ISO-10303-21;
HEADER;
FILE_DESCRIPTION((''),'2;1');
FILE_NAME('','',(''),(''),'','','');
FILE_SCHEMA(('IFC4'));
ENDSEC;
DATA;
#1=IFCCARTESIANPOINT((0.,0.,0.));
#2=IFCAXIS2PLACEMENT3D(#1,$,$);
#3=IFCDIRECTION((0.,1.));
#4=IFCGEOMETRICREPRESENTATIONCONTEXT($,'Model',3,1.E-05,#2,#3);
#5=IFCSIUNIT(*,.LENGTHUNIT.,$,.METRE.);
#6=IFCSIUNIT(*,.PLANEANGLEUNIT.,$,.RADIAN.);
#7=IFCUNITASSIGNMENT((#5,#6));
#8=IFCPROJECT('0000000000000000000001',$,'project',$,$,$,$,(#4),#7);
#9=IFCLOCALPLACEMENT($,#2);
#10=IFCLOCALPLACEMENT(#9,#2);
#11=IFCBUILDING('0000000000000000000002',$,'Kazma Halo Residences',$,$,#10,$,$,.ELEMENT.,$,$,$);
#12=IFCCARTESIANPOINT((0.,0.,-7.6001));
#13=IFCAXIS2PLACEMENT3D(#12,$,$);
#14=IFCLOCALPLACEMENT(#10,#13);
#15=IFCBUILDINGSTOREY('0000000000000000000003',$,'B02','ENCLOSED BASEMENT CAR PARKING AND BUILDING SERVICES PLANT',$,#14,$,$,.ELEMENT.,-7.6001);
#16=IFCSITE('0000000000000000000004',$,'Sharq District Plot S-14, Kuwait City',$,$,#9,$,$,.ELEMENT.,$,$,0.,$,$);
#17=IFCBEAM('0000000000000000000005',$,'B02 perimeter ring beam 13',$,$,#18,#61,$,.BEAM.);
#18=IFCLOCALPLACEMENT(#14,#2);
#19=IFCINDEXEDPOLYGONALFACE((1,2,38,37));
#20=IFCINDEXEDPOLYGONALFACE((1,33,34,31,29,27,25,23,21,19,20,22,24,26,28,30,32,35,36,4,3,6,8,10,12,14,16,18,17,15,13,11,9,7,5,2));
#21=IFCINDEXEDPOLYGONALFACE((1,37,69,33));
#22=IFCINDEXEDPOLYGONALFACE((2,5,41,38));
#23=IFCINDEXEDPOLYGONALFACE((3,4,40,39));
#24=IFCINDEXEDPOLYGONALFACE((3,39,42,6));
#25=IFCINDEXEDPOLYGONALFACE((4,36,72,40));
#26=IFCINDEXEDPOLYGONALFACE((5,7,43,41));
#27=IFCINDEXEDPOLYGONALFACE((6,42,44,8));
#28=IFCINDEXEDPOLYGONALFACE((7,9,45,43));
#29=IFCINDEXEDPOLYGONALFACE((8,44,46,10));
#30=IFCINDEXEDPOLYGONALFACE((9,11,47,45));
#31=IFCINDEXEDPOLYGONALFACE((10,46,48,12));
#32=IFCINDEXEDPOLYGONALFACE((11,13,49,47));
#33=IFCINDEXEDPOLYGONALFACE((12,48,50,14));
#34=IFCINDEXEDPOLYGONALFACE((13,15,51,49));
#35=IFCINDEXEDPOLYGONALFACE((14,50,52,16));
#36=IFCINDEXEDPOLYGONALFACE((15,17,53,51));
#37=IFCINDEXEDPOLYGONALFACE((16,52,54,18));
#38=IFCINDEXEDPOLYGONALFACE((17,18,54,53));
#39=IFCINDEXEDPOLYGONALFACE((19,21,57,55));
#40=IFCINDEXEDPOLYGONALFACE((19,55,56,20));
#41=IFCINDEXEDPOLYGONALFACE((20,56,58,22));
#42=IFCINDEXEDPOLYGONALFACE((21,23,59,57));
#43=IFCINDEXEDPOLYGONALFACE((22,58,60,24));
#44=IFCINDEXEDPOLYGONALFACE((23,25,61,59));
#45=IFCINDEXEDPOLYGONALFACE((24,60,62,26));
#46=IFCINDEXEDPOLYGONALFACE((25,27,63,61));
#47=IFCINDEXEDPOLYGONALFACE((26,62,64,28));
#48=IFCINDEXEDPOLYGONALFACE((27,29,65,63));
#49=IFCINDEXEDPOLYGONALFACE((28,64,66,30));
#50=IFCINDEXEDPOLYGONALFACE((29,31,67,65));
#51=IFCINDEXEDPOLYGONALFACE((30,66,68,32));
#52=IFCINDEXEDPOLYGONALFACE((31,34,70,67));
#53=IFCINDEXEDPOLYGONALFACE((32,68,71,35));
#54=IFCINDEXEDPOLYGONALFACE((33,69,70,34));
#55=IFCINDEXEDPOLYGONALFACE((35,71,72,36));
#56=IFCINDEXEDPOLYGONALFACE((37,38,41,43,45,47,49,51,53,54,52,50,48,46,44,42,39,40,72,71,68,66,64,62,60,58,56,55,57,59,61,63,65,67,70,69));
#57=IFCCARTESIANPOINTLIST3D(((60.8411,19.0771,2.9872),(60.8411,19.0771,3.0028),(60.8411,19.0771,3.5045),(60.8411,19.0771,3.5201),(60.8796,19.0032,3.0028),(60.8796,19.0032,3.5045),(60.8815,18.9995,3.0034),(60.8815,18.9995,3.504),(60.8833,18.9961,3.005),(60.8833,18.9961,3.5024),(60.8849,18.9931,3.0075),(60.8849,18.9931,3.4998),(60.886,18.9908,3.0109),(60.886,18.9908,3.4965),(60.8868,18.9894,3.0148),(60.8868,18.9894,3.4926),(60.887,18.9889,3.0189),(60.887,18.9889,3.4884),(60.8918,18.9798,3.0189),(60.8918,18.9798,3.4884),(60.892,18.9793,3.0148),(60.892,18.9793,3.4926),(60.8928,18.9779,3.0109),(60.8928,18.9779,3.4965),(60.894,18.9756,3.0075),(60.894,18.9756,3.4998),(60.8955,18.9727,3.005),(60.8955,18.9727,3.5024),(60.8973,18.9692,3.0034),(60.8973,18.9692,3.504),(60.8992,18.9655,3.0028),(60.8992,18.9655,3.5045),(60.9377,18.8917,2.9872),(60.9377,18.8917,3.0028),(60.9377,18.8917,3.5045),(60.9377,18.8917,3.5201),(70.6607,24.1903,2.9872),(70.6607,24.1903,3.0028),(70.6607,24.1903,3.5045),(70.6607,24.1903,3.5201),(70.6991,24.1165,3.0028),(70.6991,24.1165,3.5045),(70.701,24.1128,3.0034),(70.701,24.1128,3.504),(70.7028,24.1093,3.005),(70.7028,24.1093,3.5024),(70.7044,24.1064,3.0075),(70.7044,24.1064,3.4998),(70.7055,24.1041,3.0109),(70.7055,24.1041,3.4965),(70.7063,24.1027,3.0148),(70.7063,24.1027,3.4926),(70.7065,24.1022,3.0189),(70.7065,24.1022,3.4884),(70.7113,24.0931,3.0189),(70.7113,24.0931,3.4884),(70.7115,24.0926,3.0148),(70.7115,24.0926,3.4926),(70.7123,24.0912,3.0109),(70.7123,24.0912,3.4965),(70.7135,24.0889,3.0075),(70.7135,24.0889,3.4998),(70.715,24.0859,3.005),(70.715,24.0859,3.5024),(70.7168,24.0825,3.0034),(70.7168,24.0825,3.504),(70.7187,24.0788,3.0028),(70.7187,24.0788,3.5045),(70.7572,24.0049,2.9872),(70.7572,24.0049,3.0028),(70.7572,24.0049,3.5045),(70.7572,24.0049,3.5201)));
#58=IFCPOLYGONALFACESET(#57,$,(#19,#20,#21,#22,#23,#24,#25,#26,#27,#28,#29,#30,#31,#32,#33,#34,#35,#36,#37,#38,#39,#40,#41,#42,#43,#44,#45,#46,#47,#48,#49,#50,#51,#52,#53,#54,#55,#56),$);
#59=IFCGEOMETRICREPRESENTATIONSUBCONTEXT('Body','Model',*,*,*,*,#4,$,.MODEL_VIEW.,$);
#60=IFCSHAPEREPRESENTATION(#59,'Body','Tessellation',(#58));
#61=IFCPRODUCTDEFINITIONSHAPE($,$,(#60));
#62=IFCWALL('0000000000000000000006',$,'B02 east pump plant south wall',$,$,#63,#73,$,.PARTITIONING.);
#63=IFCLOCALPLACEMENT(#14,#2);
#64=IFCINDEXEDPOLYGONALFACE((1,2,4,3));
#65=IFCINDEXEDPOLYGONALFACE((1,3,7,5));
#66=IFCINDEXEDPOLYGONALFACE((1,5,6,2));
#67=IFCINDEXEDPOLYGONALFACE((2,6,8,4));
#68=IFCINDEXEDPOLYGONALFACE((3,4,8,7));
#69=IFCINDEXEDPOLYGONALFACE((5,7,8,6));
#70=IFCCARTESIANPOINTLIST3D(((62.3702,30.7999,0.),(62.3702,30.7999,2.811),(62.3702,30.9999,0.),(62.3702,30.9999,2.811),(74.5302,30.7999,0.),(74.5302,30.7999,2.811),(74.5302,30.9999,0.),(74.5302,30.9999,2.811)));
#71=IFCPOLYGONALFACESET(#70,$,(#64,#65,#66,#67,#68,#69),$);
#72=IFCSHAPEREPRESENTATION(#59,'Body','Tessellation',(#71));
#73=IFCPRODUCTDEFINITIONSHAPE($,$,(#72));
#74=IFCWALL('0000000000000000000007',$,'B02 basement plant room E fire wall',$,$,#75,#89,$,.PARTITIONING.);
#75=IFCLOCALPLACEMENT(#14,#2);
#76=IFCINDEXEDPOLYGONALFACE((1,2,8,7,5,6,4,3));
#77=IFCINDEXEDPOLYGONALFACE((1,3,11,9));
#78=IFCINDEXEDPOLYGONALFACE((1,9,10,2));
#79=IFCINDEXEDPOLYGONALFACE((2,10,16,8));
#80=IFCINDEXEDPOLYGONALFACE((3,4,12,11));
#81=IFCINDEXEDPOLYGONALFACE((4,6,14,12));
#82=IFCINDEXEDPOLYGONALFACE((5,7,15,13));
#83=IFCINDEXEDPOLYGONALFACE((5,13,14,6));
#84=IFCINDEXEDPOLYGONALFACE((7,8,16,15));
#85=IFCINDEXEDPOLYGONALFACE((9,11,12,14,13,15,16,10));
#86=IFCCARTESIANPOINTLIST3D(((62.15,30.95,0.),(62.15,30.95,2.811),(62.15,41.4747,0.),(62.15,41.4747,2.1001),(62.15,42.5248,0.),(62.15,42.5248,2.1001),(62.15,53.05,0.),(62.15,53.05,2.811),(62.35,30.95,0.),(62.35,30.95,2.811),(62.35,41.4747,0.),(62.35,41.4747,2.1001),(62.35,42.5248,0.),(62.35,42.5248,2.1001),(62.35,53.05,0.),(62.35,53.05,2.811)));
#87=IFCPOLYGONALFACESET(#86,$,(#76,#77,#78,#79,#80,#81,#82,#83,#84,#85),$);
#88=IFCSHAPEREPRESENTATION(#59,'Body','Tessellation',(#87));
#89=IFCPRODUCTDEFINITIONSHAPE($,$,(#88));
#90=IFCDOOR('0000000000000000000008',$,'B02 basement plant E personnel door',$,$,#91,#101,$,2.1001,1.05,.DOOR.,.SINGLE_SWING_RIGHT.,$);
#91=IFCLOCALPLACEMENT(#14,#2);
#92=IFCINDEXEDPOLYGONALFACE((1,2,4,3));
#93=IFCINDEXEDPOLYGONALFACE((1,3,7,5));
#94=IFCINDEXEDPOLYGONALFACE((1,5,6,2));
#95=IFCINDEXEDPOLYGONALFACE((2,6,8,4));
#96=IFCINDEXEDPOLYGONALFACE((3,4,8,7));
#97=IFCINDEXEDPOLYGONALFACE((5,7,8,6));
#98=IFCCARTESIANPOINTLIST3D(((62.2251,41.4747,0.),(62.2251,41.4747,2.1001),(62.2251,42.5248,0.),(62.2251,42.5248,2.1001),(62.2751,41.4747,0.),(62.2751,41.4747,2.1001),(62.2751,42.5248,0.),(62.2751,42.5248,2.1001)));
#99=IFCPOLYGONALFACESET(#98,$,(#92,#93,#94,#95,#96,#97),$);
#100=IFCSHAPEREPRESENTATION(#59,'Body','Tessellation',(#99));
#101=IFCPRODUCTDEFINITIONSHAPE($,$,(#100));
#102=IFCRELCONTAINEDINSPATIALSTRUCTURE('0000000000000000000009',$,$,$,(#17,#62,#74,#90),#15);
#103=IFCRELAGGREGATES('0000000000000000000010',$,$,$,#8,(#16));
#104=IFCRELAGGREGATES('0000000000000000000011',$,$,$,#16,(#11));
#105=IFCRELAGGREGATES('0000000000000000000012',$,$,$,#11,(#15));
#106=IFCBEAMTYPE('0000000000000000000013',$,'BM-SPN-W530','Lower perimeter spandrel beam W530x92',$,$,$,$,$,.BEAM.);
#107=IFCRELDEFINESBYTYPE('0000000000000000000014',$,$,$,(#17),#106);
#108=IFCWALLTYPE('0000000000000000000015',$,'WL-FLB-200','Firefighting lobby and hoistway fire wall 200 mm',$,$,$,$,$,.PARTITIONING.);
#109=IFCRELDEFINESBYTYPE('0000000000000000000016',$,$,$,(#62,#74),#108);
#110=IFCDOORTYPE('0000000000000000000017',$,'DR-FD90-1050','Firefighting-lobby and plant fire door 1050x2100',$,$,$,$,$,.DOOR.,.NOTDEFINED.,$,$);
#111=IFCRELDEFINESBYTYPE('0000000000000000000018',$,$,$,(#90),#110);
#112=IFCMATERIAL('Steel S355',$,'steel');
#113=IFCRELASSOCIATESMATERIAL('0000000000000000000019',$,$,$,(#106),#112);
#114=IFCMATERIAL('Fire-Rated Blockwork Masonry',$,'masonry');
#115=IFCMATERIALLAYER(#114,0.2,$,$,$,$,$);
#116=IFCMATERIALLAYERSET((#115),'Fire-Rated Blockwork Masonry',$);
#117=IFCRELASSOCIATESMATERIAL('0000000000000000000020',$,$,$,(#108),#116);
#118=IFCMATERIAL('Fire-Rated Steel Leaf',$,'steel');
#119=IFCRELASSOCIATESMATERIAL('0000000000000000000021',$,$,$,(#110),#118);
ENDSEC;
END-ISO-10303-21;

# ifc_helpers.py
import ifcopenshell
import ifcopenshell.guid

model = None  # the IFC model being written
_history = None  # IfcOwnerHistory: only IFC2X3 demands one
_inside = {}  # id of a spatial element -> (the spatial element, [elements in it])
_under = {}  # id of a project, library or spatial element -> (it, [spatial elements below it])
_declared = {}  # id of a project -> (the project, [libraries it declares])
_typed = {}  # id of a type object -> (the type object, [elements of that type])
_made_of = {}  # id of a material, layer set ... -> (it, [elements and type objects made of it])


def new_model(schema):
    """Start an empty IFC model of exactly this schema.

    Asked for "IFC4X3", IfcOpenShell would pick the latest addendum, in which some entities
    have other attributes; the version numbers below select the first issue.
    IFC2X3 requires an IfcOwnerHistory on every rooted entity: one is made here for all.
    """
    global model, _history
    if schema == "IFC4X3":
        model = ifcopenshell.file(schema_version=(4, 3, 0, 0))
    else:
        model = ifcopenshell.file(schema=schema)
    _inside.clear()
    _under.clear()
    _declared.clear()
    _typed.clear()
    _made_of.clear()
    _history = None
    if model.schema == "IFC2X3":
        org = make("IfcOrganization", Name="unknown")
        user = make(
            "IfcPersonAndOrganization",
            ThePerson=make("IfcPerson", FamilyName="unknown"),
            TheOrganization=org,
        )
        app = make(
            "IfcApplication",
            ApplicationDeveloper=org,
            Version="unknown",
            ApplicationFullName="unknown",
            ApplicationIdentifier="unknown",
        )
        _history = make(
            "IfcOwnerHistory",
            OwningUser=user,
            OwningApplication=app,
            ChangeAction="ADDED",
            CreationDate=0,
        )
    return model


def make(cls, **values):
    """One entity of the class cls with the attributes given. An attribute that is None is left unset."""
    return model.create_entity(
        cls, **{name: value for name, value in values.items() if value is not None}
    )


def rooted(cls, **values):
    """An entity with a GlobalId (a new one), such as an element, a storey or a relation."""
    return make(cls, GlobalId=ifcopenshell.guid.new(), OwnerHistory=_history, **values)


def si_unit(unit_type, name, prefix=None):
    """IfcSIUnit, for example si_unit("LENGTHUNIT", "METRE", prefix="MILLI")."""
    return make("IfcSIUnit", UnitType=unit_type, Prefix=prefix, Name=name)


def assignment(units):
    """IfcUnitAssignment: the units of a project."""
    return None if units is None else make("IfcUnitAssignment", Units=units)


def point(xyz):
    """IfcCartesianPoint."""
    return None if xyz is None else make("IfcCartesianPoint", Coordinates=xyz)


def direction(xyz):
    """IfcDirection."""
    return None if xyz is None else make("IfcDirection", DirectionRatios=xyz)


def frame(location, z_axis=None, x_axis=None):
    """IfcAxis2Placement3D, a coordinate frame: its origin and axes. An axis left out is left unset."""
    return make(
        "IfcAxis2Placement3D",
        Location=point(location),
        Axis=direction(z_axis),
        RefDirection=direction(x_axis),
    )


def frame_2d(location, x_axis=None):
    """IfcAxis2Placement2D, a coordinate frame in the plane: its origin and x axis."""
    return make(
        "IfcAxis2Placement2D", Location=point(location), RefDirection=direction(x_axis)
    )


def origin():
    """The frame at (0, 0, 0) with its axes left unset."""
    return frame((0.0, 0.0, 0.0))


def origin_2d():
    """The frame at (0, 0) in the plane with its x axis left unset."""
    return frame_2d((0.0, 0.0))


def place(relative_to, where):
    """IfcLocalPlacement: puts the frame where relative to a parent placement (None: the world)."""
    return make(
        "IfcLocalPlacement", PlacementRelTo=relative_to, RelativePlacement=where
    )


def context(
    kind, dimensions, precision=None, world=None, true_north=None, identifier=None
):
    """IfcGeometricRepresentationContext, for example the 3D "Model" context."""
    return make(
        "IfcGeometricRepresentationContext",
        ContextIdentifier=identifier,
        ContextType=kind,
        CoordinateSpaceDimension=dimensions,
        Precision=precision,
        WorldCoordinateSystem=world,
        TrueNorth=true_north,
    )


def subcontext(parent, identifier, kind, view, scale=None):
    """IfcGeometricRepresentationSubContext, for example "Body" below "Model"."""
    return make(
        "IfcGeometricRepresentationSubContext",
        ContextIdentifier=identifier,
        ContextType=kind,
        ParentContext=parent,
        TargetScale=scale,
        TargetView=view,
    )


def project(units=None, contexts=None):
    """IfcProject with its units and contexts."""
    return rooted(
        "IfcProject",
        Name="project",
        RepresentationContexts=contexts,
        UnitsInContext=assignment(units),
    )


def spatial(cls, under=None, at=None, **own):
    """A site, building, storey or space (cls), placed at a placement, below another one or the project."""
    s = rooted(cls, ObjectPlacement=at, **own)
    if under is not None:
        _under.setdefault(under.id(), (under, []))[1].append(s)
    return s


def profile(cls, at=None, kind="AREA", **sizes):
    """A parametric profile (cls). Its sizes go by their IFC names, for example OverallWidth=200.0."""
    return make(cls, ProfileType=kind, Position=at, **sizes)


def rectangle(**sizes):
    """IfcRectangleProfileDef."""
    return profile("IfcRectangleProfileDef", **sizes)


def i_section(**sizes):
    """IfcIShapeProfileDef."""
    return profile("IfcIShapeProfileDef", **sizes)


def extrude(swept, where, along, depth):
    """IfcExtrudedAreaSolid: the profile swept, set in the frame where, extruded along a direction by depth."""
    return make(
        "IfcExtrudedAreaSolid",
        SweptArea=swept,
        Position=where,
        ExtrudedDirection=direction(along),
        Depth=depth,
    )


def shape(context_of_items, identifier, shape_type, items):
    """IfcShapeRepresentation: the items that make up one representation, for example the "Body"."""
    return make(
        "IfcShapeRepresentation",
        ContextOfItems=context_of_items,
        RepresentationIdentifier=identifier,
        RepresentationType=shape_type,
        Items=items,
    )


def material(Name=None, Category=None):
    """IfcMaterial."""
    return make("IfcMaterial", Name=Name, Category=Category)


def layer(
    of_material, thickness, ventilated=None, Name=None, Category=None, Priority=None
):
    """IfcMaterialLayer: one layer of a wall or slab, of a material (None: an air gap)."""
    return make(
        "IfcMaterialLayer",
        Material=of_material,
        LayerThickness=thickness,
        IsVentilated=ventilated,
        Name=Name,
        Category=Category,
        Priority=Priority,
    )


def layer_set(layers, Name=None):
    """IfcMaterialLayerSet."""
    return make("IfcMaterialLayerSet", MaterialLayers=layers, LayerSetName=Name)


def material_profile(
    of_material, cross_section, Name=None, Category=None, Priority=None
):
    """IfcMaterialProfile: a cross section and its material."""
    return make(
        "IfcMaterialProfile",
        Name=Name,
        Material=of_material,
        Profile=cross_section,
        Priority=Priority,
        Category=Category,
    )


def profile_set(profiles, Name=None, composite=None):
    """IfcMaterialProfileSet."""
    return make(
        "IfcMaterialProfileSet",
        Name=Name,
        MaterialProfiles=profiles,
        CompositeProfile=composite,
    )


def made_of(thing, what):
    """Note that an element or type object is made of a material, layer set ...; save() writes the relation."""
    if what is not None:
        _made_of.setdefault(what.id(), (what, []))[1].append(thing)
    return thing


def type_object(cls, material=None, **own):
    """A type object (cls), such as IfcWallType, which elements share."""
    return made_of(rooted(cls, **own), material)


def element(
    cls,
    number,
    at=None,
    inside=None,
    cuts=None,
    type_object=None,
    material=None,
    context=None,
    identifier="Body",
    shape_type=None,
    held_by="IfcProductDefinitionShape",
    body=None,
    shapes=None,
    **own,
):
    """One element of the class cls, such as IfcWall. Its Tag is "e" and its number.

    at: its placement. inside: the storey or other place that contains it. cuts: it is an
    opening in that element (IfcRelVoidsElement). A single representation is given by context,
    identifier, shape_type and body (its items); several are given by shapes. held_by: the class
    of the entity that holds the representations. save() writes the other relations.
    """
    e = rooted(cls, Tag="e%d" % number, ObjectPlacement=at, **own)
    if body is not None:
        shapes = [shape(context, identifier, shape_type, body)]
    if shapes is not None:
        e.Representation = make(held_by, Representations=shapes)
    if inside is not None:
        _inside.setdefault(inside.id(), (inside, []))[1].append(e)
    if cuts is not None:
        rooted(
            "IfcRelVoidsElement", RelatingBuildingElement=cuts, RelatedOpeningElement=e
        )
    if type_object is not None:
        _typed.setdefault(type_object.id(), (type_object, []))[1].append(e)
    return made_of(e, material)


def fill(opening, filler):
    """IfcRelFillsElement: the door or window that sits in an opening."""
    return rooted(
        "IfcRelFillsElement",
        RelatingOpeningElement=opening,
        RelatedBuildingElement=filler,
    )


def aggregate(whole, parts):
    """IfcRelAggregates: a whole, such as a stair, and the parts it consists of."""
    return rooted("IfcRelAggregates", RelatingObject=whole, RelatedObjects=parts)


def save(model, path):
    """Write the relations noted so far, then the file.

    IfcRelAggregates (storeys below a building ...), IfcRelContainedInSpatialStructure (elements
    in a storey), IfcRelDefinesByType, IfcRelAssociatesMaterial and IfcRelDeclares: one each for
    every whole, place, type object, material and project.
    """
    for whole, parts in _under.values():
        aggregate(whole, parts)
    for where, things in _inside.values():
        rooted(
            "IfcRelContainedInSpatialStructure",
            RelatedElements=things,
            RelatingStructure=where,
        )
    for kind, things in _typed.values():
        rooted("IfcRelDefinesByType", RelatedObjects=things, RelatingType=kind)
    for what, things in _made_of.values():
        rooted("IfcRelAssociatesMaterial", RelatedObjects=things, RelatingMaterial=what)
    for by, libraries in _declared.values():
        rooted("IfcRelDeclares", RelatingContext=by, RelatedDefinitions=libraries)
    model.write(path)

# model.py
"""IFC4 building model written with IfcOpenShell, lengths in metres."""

from ifc_helpers import new_model, si_unit, direction, frame, frame_2d, origin, origin_2d, place, context, subcontext, project, spatial, rectangle, i_section, extrude, material, layer, layer_set, material_profile, profile_set, type_object, element, fill, save


model = new_model("IFC4")

# Units and contexts
model_context = context("Model", 3, precision=1e-05, world=origin(), true_north=direction((0.0, 1.0)))
body_context = subcontext(model_context, "Body", "Model", "MODEL_VIEW")
ifc_project = project(units=[si_unit("LENGTHUNIT", "METRE"), si_unit("PLANEANGLEUNIT", "RADIAN")], contexts=[model_context])

# Site, building, storey
site_placement = place(None, origin())
site = spatial("IfcSite", under=ifc_project, at=site_placement, Name="Sharq District Plot S-14, Kuwait City", CompositionType="ELEMENT", RefElevation=0.0)
building_placement = place(site_placement, origin())
building = spatial("IfcBuilding", under=site, at=building_placement, Name="Kazma Halo Residences", CompositionType="ELEMENT")
storey_placement = place(building_placement, frame((0.0, 0.0, -7.6001)))
storey = spatial("IfcBuildingStorey", under=building, at=storey_placement, Name="B02", Description="ENCLOSED BASEMENT CAR PARKING AND BUILDING SERVICES PLANT", CompositionType="ELEMENT", Elevation=-7.6001)

# Beam
ifc_material_1 = material(Name="Steel S355", Category="steel")
ifc_material_profile_1 = material_profile(ifc_material_1, i_section(OverallWidth=0.209, OverallDepth=0.533, WebThickness=0.0103, FlangeThickness=0.0156, FilletRadius=0.0161, at=origin_2d()), Name="W530x92")
ifc_profile_set_1 = profile_set([ifc_material_profile_1], Name="Steel S355")
beam_type_1 = type_object("IfcBeamType", Name="BM-SPN-W530", Description="Lower perimeter spandrel beam W530x92", PredefinedType="BEAM", material=ifc_profile_set_1)
beam_1_placement = place(storey_placement, frame((60.8894, 18.9844, 3.2537), z_axis=(0.886954, 0.461857, 0.0), x_axis=(-0.461857, 0.886954, 0.0)))
element("IfcBeam", 1, at=beam_1_placement, inside=storey, type_object=beam_type_1, Name="B02 perimeter ring beam 13", PredefinedType="BEAM", context=body_context, shape_type="SweptSolid", body=[
    extrude(i_section(OverallWidth=0.209, OverallDepth=0.533, WebThickness=0.0103, FlangeThickness=0.0156, FilletRadius=0.0161, at=origin_2d()), origin(), (0.0, 0.0, 1.0), 11.071),
])

# Wall
ifc_material_2 = material(Name="Fire-Rated Blockwork Masonry", Category="masonry")
ifc_layer = layer(ifc_material_2, 0.2)
ifc_layer_set = layer_set([ifc_layer], Name="Fire-Rated Blockwork Masonry")
wall_type = type_object("IfcWallType", Name="WL-FLB-200", Description="Firefighting lobby and hoistway fire wall 200 mm", PredefinedType="PARTITIONING", material=ifc_layer_set)
wall_1_placement = place(storey_placement, frame((62.3701, 30.8999, 0.0), z_axis=(0.0, 0.0, 1.0), x_axis=(1.0, 0.0, 0.0)))
element("IfcWall", 2, at=wall_1_placement, inside=storey, type_object=wall_type, Name="B02 east pump plant south wall", PredefinedType="PARTITIONING", context=body_context, shape_type="SweptSolid", body=[
    extrude(rectangle(XDim=12.1599, YDim=0.2, at=frame_2d((6.0801, 0.0))), origin(), (0.0, 0.0, 1.0), 2.811),
])

# Wall, opening, door
wall_2_placement = place(storey_placement, frame((62.25, 30.95, 0.0), z_axis=(0.0, 0.0, 1.0), x_axis=(0.0, 1.0, 0.0)))
wall_2 = element("IfcWall", 3, at=wall_2_placement, inside=storey, type_object=wall_type, Name="B02 basement plant room E fire wall", PredefinedType="PARTITIONING", context=body_context, shape_type="SweptSolid", body=[
    extrude(rectangle(XDim=22.1001, YDim=0.2, at=frame_2d((11.05, 0.0))), origin(), (0.0, 0.0, 1.0), 2.811),
])
opening_placement = place(wall_2_placement, frame((10.5249, 0.0, 0.0)))
opening = element("IfcOpeningElement", 4, at=opening_placement, cuts=wall_2, PredefinedType="OPENING", context=body_context, shape_type="SweptSolid", body=[
    extrude(rectangle(XDim=1.05, YDim=2.1001, at=frame_2d((0.5249, 1.05))), frame((0.0, 0.1099, 0.0), z_axis=(0.0, -1.0, 0.0), x_axis=(1.0, 0.0, 0.0)), (0.0, 0.0, 1.0), 0.22),
])
ifc_material_3 = material(Name="Fire-Rated Steel Leaf", Category="steel")
door_type = type_object("IfcDoorType", Name="DR-FD90-1050", Description="Firefighting-lobby and plant fire door 1050x2100", OperationType="NOTDEFINED", PredefinedType="DOOR", material=ifc_material_3)
door_placement = place(opening_placement, origin())
door = element("IfcDoor", 5, at=door_placement, inside=storey, type_object=door_type, Name="B02 basement plant E personnel door", OperationType="SINGLE_SWING_RIGHT", OverallHeight=2.1001, OverallWidth=1.05, PredefinedType="DOOR", context=body_context, shape_type="SweptSolid", body=[
    extrude(rectangle(XDim=1.05, YDim=2.1001, at=frame_2d((0.5249, 1.05))), frame((0.0, 0.0249, 0.0), z_axis=(0.0, -1.0, 0.0), x_axis=(1.0, 0.0, 0.0)), (0.0, 0.0, 1.0), 0.05),
])
fill(opening, door)

save(model, "model.ifc")
